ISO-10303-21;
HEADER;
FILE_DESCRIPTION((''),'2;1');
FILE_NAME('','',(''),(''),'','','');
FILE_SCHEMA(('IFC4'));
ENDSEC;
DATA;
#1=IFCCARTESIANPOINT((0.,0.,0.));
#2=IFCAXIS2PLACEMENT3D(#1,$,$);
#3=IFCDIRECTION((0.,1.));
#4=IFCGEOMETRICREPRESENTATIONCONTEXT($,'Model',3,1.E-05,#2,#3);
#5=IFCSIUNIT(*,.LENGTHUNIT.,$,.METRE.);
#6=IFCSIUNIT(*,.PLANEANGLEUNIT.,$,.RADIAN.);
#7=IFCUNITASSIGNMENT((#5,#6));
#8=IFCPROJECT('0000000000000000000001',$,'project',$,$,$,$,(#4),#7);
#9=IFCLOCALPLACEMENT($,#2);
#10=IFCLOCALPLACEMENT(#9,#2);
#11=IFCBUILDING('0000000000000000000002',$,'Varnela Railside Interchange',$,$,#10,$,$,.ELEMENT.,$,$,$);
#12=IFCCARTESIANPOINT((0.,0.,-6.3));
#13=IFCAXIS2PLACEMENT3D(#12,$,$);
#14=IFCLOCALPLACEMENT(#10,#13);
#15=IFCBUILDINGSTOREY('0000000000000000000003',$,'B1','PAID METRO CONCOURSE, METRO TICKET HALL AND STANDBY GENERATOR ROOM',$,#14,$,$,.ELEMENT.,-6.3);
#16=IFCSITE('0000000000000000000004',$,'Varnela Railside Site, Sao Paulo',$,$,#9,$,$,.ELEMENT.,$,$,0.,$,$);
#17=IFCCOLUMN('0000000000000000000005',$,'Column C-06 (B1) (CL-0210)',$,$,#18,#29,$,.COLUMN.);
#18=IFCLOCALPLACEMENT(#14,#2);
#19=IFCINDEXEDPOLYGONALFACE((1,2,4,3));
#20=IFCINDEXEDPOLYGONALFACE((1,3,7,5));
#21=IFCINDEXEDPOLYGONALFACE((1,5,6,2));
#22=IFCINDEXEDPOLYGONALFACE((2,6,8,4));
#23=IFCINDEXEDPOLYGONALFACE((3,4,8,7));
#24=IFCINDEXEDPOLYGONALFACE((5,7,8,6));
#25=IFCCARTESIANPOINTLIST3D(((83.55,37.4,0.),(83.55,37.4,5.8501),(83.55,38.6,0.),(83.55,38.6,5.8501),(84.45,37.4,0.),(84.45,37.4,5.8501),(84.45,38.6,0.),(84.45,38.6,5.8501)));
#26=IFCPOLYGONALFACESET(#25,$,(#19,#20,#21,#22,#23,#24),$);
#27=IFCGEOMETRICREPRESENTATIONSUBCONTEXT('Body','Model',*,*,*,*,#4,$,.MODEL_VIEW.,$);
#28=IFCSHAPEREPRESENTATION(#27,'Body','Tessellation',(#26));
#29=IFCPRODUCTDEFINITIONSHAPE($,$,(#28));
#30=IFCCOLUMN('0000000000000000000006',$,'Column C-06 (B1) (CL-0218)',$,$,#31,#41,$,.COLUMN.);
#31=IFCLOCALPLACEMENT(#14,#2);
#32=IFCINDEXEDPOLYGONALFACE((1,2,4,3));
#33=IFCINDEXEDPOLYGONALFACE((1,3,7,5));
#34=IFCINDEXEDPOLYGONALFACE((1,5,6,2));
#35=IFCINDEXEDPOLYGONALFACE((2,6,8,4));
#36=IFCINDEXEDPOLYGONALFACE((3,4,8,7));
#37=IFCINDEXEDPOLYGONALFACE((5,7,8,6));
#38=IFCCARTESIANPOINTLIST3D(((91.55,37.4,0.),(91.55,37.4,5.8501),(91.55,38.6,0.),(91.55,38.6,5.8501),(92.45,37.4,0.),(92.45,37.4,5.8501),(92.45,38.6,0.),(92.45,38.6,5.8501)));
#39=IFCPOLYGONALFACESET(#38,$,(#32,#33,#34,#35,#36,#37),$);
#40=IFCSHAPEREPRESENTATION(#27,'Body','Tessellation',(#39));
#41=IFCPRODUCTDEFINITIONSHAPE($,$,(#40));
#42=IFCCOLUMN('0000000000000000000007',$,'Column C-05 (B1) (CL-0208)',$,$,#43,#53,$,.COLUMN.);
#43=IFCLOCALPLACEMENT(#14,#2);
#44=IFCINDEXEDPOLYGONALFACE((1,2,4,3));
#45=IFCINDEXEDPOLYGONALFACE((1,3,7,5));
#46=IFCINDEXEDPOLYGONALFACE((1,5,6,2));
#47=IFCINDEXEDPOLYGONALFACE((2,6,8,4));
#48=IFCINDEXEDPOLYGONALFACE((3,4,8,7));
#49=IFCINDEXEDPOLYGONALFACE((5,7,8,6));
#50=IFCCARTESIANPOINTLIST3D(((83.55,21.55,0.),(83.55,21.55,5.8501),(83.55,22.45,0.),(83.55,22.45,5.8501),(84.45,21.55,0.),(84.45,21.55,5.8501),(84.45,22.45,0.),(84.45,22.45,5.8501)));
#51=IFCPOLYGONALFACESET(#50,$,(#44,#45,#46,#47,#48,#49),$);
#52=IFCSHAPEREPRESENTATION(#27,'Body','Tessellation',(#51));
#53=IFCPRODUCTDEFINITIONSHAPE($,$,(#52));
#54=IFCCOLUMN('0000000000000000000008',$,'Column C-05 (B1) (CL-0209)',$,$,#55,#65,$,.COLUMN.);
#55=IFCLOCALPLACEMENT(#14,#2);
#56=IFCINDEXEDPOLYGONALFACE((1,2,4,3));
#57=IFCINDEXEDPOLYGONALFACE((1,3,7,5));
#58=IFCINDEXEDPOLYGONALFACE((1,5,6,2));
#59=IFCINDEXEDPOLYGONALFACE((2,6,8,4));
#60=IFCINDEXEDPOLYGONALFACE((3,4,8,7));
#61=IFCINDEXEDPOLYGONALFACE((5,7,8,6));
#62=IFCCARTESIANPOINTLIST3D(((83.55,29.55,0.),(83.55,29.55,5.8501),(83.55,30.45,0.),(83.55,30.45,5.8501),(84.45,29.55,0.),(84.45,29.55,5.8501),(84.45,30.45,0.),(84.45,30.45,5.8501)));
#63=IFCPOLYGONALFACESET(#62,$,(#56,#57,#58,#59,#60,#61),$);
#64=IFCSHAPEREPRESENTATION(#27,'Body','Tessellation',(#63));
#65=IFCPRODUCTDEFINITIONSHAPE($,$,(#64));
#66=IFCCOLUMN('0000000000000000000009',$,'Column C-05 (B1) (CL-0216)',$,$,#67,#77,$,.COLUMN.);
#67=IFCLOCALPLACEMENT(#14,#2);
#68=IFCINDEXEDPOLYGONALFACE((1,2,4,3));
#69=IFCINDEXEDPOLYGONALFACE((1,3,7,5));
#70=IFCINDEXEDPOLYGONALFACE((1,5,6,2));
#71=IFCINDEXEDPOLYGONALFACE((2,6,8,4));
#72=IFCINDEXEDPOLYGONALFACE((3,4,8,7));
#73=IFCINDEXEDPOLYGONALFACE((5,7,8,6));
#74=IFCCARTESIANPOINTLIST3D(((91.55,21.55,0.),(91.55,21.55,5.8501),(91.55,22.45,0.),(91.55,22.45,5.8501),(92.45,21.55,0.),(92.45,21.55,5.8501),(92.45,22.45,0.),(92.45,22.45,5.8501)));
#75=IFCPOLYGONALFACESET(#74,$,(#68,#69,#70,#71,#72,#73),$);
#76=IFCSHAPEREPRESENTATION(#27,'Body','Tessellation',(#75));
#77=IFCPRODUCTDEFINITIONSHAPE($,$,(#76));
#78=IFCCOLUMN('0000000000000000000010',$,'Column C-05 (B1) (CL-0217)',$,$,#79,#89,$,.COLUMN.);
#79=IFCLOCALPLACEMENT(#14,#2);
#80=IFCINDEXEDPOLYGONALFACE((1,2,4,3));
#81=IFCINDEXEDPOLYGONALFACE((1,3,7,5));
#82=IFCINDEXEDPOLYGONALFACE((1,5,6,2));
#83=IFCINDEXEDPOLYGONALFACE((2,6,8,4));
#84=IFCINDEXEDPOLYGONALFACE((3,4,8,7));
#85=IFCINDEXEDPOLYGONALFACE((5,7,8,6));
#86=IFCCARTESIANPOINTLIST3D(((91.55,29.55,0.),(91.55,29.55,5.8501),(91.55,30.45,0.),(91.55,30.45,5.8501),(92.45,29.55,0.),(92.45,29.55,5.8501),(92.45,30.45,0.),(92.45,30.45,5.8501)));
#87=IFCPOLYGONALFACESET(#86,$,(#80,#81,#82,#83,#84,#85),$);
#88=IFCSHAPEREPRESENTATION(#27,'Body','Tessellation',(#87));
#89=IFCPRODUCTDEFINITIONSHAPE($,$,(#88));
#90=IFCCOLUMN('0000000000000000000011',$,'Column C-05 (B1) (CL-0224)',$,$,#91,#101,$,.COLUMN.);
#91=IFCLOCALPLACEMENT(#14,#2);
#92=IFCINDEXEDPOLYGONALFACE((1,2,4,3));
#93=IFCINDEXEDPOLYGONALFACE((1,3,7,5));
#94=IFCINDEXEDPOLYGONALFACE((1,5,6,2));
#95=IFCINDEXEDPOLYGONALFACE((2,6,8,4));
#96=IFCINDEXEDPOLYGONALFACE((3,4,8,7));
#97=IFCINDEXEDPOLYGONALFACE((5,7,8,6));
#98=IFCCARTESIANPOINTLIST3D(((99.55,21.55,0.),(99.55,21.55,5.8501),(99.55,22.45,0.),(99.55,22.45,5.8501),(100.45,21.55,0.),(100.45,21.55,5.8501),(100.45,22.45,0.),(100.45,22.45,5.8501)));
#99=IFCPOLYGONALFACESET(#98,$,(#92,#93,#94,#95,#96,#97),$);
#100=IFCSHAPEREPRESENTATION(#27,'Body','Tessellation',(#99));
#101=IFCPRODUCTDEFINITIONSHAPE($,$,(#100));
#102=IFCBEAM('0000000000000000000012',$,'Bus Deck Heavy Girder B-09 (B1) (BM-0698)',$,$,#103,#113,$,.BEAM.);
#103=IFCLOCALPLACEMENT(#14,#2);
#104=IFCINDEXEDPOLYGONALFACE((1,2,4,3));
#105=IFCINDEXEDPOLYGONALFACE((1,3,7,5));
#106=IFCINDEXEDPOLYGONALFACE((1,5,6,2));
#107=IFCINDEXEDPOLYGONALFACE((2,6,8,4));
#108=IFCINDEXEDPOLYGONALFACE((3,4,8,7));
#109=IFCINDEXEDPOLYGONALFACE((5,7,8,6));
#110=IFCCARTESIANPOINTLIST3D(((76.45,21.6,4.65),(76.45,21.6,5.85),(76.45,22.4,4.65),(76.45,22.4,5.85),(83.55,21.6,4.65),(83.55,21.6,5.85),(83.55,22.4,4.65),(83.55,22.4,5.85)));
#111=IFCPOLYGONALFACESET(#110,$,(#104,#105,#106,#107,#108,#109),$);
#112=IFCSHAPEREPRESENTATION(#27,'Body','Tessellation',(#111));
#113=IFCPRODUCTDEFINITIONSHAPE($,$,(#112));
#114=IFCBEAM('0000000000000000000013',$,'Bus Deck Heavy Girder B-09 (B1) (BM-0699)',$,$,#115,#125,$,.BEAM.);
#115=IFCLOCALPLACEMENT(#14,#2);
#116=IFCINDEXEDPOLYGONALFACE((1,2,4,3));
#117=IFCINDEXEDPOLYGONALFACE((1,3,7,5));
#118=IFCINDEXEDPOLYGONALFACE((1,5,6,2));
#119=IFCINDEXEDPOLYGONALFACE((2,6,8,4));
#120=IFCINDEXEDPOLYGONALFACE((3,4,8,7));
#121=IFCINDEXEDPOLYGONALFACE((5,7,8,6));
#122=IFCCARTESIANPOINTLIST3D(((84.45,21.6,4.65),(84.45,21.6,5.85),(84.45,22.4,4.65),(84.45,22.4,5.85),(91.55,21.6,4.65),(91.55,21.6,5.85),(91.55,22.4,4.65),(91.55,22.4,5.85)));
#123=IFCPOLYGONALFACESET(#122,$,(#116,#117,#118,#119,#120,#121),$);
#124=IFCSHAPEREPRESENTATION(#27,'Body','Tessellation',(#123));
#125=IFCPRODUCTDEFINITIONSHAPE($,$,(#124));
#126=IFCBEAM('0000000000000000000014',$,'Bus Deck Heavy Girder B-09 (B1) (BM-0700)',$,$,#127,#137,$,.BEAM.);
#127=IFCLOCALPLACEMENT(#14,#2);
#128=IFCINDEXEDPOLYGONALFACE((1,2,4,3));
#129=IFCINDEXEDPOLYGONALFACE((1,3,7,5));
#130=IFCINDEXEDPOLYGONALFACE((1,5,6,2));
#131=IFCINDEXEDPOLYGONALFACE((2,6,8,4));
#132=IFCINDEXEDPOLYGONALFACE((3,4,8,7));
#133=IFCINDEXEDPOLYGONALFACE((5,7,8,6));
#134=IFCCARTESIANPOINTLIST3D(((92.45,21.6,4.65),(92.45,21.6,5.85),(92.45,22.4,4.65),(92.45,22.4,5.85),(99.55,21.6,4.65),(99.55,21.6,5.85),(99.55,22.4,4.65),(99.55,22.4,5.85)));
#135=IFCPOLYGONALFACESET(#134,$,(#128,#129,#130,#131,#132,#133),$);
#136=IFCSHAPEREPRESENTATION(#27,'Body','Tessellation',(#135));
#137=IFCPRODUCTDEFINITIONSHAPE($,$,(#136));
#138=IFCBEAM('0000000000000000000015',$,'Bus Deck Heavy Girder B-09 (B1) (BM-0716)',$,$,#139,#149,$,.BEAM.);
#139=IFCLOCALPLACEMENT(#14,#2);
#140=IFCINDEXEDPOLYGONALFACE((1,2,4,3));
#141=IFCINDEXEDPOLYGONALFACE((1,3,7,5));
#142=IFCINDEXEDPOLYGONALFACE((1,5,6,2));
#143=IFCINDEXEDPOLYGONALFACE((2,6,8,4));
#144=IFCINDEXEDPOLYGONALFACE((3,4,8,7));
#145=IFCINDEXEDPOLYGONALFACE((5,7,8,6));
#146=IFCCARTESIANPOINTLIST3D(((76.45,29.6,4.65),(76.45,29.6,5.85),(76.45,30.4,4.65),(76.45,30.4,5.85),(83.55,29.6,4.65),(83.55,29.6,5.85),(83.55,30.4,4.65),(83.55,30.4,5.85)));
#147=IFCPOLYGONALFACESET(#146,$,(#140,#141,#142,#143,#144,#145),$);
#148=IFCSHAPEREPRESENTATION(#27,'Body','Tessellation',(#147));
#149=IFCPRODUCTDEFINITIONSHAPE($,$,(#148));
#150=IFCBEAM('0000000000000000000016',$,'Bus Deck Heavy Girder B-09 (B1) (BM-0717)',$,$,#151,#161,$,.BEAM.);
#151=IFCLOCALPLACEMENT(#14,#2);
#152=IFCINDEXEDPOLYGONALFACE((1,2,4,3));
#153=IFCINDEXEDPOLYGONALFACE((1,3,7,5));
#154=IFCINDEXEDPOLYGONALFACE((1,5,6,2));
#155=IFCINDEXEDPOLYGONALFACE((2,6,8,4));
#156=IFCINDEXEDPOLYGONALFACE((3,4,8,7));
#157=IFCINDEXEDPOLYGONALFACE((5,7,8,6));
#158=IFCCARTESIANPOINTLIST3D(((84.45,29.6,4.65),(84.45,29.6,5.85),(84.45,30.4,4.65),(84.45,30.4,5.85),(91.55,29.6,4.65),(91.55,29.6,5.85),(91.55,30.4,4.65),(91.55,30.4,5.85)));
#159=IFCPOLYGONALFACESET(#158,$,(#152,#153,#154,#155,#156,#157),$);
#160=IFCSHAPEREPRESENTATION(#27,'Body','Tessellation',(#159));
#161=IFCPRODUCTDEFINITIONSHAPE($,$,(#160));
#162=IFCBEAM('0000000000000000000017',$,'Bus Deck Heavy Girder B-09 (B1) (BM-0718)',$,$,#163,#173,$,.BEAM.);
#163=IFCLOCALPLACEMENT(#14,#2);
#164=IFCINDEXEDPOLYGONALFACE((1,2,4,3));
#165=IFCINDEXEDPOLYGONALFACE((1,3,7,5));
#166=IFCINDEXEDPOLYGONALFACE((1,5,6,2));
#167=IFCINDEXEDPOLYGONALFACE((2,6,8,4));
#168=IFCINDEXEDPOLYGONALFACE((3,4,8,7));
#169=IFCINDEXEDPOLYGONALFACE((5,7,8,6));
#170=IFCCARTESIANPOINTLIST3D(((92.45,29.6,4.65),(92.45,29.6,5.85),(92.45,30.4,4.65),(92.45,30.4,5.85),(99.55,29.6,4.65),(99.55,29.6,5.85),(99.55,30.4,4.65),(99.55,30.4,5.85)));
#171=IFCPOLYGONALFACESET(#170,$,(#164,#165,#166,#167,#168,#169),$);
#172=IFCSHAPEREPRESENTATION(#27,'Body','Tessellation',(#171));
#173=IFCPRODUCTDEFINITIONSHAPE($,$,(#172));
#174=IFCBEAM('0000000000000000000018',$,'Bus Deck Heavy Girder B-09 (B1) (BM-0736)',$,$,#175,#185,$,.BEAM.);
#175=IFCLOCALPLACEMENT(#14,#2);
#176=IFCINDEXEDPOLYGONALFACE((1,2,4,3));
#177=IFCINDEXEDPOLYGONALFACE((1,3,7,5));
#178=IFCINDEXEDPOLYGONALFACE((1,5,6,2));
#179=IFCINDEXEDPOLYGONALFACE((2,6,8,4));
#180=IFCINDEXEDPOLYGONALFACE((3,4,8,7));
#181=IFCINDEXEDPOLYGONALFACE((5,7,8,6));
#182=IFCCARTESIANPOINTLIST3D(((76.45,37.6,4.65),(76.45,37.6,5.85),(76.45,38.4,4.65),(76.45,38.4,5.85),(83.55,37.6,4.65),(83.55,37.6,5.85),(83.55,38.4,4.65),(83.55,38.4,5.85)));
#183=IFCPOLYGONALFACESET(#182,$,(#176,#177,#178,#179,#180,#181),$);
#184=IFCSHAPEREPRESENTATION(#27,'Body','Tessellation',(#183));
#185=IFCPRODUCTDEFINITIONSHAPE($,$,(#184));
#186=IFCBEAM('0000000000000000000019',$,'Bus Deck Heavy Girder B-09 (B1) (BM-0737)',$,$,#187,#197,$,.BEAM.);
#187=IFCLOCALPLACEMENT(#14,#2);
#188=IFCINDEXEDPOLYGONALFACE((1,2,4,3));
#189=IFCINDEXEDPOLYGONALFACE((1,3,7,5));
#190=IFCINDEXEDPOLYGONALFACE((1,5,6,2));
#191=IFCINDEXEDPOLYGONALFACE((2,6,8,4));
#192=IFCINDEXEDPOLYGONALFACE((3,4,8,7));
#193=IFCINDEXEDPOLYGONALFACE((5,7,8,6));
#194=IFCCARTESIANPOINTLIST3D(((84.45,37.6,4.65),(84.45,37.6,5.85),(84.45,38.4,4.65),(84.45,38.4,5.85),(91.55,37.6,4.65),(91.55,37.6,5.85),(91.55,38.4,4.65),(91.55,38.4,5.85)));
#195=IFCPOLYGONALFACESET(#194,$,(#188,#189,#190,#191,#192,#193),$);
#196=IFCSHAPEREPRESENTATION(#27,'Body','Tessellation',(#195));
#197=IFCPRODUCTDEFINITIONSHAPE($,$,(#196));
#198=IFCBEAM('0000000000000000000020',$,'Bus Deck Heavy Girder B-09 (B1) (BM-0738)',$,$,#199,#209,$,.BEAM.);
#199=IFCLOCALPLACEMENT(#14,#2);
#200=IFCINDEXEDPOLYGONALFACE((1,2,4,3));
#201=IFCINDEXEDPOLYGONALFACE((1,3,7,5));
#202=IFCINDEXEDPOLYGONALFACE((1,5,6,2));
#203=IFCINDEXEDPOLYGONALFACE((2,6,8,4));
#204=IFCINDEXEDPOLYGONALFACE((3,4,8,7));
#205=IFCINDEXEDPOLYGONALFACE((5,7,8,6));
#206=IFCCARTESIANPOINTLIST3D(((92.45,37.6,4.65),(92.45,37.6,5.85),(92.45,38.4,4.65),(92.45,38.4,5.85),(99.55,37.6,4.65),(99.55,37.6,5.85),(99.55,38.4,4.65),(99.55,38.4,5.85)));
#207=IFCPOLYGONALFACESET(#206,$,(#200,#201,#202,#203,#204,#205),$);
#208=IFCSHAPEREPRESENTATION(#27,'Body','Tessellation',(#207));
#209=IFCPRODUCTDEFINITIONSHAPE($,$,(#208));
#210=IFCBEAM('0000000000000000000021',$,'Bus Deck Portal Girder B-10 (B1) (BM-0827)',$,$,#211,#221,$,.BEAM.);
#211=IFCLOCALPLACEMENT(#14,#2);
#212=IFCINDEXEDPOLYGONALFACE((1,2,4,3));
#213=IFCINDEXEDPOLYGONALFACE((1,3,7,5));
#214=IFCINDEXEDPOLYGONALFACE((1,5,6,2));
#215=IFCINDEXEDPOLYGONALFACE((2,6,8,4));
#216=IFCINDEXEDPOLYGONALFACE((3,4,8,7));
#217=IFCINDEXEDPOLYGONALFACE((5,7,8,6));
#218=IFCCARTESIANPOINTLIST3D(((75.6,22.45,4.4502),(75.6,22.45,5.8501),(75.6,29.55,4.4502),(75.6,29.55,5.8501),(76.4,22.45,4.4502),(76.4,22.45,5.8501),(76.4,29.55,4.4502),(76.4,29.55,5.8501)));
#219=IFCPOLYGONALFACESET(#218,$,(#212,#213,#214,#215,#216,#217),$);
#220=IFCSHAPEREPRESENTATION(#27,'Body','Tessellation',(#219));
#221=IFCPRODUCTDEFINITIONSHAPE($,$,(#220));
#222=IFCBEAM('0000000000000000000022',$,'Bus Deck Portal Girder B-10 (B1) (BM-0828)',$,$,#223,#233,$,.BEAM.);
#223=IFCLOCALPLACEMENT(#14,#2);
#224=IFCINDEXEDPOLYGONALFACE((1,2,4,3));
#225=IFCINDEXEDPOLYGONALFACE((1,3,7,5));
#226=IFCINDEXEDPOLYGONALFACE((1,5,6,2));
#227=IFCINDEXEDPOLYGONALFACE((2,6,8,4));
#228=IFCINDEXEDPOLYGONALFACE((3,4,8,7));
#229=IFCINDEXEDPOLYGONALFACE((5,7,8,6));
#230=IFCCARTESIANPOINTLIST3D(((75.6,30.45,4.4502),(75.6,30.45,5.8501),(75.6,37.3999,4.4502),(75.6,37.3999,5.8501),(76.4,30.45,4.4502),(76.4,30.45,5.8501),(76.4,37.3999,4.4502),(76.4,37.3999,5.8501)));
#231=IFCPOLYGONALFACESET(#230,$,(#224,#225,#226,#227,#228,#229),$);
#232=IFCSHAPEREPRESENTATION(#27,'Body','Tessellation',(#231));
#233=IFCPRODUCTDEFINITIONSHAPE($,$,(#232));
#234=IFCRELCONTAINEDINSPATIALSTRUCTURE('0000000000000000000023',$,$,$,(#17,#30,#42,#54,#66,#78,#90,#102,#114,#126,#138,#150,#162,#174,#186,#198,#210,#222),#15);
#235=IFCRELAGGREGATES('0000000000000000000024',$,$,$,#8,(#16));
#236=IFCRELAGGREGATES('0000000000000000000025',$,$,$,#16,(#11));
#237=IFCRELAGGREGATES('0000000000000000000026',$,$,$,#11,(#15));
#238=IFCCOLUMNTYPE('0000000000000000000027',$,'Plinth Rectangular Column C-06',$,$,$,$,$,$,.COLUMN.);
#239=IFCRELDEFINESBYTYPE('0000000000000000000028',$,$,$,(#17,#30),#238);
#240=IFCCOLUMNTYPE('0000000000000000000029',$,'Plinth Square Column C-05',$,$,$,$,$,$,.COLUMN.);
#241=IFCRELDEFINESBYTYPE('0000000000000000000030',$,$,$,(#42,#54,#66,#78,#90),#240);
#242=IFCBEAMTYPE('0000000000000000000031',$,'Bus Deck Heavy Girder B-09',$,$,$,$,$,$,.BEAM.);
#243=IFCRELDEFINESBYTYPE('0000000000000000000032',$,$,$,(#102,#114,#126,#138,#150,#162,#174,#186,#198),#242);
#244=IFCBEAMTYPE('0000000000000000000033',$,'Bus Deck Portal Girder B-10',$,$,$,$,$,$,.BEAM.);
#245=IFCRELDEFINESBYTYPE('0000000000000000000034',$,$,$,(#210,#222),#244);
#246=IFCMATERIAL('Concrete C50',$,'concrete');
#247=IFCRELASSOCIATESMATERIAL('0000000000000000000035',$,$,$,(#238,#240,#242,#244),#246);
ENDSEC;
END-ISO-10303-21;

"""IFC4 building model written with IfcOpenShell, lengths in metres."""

from ifc_helpers import new_model, si_unit, direction, frame, origin, origin_2d, place, context, subcontext, project, spatial, rectangle, extrude, material, material_profile, profile_set, type_object, element, save


model = new_model("IFC4")

# Units and contexts
model_context = context("Model", 3, precision=1e-05, world=origin(), true_north=direction((0.0, 1.0)))
body_context = subcontext(model_context, "Body", "Model", "MODEL_VIEW")
ifc_project = project(units=[si_unit("LENGTHUNIT", "METRE"), si_unit("PLANEANGLEUNIT", "RADIAN")], contexts=[model_context])

# Site, building, storey
site_placement = place(None, origin())
site = spatial("IfcSite", under=ifc_project, at=site_placement, Name="Varnela Railside Site, Sao Paulo", CompositionType="ELEMENT", RefElevation=0.0)
building_placement = place(site_placement, origin())
building = spatial("IfcBuilding", under=site, at=building_placement, Name="Varnela Railside Interchange", CompositionType="ELEMENT")
storey_placement = place(building_placement, frame((0.0, 0.0, -6.3)))
storey = spatial("IfcBuildingStorey", under=building, at=storey_placement, Name="B1", Description="PAID METRO CONCOURSE, METRO TICKET HALL AND STANDBY GENERATOR ROOM", CompositionType="ELEMENT", Elevation=-6.3)

# Columns
ifc_material_1 = material(Name="Concrete C50", Category="concrete")
ifc_material_profile_1 = material_profile(ifc_material_1, rectangle(XDim=0.8999, YDim=1.2, at=origin_2d()), Name="RC 900x1200")
ifc_profile_set_1 = profile_set([ifc_material_profile_1], Name="Concrete C50")
column_type_1 = type_object("IfcColumnType", Name="Plinth Rectangular Column C-06", PredefinedType="COLUMN", material=ifc_profile_set_1)
for number, where, z_axis, x_axis, name in (
    (1, (84.0, 38.0, 0.0), (0.0, 0.0, 1.0), (1.0, 0.0, 0.0), "Column C-06 (B1) (CL-0210)"),
    (2, (92.0, 38.0, 0.0), (0.0, 0.0, 1.0), (1.0, 0.0, 0.0), "Column C-06 (B1) (CL-0218)"),
):
    element("IfcColumn", number, at=place(storey_placement, frame(where, z_axis=z_axis, x_axis=x_axis)), inside=storey, type_object=column_type_1, Name=name, PredefinedType="COLUMN", context=body_context, shape_type="SweptSolid", body=[
        extrude(rectangle(XDim=0.8999, YDim=1.2, at=origin_2d()), origin(), (0.0, 0.0, 1.0), 5.8501),
    ])
ifc_material_profile_2 = material_profile(ifc_material_1, rectangle(XDim=0.8999, YDim=0.8999, at=origin_2d()), Name="RC 900x900")
ifc_profile_set_2 = profile_set([ifc_material_profile_2], Name="Concrete C50")
column_type_2 = type_object("IfcColumnType", Name="Plinth Square Column C-05", PredefinedType="COLUMN", material=ifc_profile_set_2)
for number, where, z_axis, x_axis, name in (
    (3, (84.0, 22.0, 0.0), (0.0, 0.0, 1.0), (1.0, 0.0, 0.0), "Column C-05 (B1) (CL-0208)"),
    (4, (84.0, 30.0, 0.0), (0.0, 0.0, 1.0), (1.0, 0.0, 0.0), "Column C-05 (B1) (CL-0209)"),
    (5, (92.0, 22.0, 0.0), (0.0, 0.0, 1.0), (1.0, 0.0, 0.0), "Column C-05 (B1) (CL-0216)"),
    (6, (92.0, 30.0, 0.0), (0.0, 0.0, 1.0), (1.0, 0.0, 0.0), "Column C-05 (B1) (CL-0217)"),
    (7, (100.0, 22.0, 0.0), (0.0, 0.0, 1.0), (1.0, 0.0, 0.0), "Column C-05 (B1) (CL-0224)"),
):
    element("IfcColumn", number, at=place(storey_placement, frame(where, z_axis=z_axis, x_axis=x_axis)), inside=storey, type_object=column_type_2, Name=name, PredefinedType="COLUMN", context=body_context, shape_type="SweptSolid", body=[
        extrude(rectangle(XDim=0.8999, YDim=0.8999, at=origin_2d()), origin(), (0.0, 0.0, 1.0), 5.8501),
    ])

# Beams
ifc_material_profile_3 = material_profile(ifc_material_1, rectangle(XDim=0.8, YDim=1.2, at=origin_2d()), Name="RC 800x1200")
ifc_profile_set_3 = profile_set([ifc_material_profile_3], Name="Concrete C50")
beam_type_1 = type_object("IfcBeamType", Name="Bus Deck Heavy Girder B-09", PredefinedType="BEAM", material=ifc_profile_set_3)
for number, where, z_axis, x_axis, name in (
    (8, (76.45, 22.0, 5.25), (1.0, 0.0, 0.0), (0.0, 1.0, 0.0), "Bus Deck Heavy Girder B-09 (B1) (BM-0698)"),
    (9, (84.45, 22.0, 5.25), (1.0, 0.0, 0.0), (0.0, 1.0, 0.0), "Bus Deck Heavy Girder B-09 (B1) (BM-0699)"),
    (10, (92.45, 22.0, 5.25), (1.0, 0.0, 0.0), (0.0, 1.0, 0.0), "Bus Deck Heavy Girder B-09 (B1) (BM-0700)"),
    (11, (76.45, 30.0, 5.25), (1.0, 0.0, 0.0), (0.0, 1.0, 0.0), "Bus Deck Heavy Girder B-09 (B1) (BM-0716)"),
    (12, (84.45, 30.0, 5.25), (1.0, 0.0, 0.0), (0.0, 1.0, 0.0), "Bus Deck Heavy Girder B-09 (B1) (BM-0717)"),
    (13, (92.45, 30.0, 5.25), (1.0, 0.0, 0.0), (0.0, 1.0, 0.0), "Bus Deck Heavy Girder B-09 (B1) (BM-0718)"),
    (14, (76.45, 38.0, 5.25), (1.0, 0.0, 0.0), (0.0, 1.0, 0.0), "Bus Deck Heavy Girder B-09 (B1) (BM-0736)"),
    (15, (84.45, 38.0, 5.25), (1.0, 0.0, 0.0), (0.0, 1.0, 0.0), "Bus Deck Heavy Girder B-09 (B1) (BM-0737)"),
    (16, (92.45, 38.0, 5.25), (1.0, 0.0, 0.0), (0.0, 1.0, 0.0), "Bus Deck Heavy Girder B-09 (B1) (BM-0738)"),
):
    element("IfcBeam", number, at=place(storey_placement, frame(where, z_axis=z_axis, x_axis=x_axis)), inside=storey, type_object=beam_type_1, Name=name, PredefinedType="BEAM", context=body_context, shape_type="SweptSolid", body=[
        extrude(rectangle(XDim=0.8, YDim=1.2, at=origin_2d()), origin(), (0.0, 0.0, 1.0), 7.1001),
    ])
ifc_material_profile_4 = material_profile(ifc_material_1, rectangle(XDim=0.8, YDim=1.3999, at=origin_2d()), Name="RC 800x1400")
ifc_profile_set_4 = profile_set([ifc_material_profile_4], Name="Concrete C50")
beam_type_2 = type_object("IfcBeamType", Name="Bus Deck Portal Girder B-10", PredefinedType="BEAM", material=ifc_profile_set_4)
beam_1_placement = place(storey_placement, frame((76.0, 22.45, 5.1501), z_axis=(0.0, 1.0, 0.0), x_axis=(-1.0, 0.0, 0.0)))
element("IfcBeam", 17, at=beam_1_placement, inside=storey, type_object=beam_type_2, Name="Bus Deck Portal Girder B-10 (B1) (BM-0827)", PredefinedType="BEAM", context=body_context, shape_type="SweptSolid", body=[
    extrude(rectangle(XDim=0.8, YDim=1.3999, at=origin_2d()), origin(), (0.0, 0.0, 1.0), 7.1001),
])
beam_2_placement = place(storey_placement, frame((76.0, 30.45, 5.1501), z_axis=(0.0, 1.0, 0.0), x_axis=(-1.0, 0.0, 0.0)))
element("IfcBeam", 18, at=beam_2_placement, inside=storey, type_object=beam_type_2, Name="Bus Deck Portal Girder B-10 (B1) (BM-0828)", PredefinedType="BEAM", context=body_context, shape_type="SweptSolid", body=[
    extrude(rectangle(XDim=0.8, YDim=1.3999, at=origin_2d()), origin(), (0.0, 0.0, 1.0), 6.95),
])

save(model, "model.ifc")
